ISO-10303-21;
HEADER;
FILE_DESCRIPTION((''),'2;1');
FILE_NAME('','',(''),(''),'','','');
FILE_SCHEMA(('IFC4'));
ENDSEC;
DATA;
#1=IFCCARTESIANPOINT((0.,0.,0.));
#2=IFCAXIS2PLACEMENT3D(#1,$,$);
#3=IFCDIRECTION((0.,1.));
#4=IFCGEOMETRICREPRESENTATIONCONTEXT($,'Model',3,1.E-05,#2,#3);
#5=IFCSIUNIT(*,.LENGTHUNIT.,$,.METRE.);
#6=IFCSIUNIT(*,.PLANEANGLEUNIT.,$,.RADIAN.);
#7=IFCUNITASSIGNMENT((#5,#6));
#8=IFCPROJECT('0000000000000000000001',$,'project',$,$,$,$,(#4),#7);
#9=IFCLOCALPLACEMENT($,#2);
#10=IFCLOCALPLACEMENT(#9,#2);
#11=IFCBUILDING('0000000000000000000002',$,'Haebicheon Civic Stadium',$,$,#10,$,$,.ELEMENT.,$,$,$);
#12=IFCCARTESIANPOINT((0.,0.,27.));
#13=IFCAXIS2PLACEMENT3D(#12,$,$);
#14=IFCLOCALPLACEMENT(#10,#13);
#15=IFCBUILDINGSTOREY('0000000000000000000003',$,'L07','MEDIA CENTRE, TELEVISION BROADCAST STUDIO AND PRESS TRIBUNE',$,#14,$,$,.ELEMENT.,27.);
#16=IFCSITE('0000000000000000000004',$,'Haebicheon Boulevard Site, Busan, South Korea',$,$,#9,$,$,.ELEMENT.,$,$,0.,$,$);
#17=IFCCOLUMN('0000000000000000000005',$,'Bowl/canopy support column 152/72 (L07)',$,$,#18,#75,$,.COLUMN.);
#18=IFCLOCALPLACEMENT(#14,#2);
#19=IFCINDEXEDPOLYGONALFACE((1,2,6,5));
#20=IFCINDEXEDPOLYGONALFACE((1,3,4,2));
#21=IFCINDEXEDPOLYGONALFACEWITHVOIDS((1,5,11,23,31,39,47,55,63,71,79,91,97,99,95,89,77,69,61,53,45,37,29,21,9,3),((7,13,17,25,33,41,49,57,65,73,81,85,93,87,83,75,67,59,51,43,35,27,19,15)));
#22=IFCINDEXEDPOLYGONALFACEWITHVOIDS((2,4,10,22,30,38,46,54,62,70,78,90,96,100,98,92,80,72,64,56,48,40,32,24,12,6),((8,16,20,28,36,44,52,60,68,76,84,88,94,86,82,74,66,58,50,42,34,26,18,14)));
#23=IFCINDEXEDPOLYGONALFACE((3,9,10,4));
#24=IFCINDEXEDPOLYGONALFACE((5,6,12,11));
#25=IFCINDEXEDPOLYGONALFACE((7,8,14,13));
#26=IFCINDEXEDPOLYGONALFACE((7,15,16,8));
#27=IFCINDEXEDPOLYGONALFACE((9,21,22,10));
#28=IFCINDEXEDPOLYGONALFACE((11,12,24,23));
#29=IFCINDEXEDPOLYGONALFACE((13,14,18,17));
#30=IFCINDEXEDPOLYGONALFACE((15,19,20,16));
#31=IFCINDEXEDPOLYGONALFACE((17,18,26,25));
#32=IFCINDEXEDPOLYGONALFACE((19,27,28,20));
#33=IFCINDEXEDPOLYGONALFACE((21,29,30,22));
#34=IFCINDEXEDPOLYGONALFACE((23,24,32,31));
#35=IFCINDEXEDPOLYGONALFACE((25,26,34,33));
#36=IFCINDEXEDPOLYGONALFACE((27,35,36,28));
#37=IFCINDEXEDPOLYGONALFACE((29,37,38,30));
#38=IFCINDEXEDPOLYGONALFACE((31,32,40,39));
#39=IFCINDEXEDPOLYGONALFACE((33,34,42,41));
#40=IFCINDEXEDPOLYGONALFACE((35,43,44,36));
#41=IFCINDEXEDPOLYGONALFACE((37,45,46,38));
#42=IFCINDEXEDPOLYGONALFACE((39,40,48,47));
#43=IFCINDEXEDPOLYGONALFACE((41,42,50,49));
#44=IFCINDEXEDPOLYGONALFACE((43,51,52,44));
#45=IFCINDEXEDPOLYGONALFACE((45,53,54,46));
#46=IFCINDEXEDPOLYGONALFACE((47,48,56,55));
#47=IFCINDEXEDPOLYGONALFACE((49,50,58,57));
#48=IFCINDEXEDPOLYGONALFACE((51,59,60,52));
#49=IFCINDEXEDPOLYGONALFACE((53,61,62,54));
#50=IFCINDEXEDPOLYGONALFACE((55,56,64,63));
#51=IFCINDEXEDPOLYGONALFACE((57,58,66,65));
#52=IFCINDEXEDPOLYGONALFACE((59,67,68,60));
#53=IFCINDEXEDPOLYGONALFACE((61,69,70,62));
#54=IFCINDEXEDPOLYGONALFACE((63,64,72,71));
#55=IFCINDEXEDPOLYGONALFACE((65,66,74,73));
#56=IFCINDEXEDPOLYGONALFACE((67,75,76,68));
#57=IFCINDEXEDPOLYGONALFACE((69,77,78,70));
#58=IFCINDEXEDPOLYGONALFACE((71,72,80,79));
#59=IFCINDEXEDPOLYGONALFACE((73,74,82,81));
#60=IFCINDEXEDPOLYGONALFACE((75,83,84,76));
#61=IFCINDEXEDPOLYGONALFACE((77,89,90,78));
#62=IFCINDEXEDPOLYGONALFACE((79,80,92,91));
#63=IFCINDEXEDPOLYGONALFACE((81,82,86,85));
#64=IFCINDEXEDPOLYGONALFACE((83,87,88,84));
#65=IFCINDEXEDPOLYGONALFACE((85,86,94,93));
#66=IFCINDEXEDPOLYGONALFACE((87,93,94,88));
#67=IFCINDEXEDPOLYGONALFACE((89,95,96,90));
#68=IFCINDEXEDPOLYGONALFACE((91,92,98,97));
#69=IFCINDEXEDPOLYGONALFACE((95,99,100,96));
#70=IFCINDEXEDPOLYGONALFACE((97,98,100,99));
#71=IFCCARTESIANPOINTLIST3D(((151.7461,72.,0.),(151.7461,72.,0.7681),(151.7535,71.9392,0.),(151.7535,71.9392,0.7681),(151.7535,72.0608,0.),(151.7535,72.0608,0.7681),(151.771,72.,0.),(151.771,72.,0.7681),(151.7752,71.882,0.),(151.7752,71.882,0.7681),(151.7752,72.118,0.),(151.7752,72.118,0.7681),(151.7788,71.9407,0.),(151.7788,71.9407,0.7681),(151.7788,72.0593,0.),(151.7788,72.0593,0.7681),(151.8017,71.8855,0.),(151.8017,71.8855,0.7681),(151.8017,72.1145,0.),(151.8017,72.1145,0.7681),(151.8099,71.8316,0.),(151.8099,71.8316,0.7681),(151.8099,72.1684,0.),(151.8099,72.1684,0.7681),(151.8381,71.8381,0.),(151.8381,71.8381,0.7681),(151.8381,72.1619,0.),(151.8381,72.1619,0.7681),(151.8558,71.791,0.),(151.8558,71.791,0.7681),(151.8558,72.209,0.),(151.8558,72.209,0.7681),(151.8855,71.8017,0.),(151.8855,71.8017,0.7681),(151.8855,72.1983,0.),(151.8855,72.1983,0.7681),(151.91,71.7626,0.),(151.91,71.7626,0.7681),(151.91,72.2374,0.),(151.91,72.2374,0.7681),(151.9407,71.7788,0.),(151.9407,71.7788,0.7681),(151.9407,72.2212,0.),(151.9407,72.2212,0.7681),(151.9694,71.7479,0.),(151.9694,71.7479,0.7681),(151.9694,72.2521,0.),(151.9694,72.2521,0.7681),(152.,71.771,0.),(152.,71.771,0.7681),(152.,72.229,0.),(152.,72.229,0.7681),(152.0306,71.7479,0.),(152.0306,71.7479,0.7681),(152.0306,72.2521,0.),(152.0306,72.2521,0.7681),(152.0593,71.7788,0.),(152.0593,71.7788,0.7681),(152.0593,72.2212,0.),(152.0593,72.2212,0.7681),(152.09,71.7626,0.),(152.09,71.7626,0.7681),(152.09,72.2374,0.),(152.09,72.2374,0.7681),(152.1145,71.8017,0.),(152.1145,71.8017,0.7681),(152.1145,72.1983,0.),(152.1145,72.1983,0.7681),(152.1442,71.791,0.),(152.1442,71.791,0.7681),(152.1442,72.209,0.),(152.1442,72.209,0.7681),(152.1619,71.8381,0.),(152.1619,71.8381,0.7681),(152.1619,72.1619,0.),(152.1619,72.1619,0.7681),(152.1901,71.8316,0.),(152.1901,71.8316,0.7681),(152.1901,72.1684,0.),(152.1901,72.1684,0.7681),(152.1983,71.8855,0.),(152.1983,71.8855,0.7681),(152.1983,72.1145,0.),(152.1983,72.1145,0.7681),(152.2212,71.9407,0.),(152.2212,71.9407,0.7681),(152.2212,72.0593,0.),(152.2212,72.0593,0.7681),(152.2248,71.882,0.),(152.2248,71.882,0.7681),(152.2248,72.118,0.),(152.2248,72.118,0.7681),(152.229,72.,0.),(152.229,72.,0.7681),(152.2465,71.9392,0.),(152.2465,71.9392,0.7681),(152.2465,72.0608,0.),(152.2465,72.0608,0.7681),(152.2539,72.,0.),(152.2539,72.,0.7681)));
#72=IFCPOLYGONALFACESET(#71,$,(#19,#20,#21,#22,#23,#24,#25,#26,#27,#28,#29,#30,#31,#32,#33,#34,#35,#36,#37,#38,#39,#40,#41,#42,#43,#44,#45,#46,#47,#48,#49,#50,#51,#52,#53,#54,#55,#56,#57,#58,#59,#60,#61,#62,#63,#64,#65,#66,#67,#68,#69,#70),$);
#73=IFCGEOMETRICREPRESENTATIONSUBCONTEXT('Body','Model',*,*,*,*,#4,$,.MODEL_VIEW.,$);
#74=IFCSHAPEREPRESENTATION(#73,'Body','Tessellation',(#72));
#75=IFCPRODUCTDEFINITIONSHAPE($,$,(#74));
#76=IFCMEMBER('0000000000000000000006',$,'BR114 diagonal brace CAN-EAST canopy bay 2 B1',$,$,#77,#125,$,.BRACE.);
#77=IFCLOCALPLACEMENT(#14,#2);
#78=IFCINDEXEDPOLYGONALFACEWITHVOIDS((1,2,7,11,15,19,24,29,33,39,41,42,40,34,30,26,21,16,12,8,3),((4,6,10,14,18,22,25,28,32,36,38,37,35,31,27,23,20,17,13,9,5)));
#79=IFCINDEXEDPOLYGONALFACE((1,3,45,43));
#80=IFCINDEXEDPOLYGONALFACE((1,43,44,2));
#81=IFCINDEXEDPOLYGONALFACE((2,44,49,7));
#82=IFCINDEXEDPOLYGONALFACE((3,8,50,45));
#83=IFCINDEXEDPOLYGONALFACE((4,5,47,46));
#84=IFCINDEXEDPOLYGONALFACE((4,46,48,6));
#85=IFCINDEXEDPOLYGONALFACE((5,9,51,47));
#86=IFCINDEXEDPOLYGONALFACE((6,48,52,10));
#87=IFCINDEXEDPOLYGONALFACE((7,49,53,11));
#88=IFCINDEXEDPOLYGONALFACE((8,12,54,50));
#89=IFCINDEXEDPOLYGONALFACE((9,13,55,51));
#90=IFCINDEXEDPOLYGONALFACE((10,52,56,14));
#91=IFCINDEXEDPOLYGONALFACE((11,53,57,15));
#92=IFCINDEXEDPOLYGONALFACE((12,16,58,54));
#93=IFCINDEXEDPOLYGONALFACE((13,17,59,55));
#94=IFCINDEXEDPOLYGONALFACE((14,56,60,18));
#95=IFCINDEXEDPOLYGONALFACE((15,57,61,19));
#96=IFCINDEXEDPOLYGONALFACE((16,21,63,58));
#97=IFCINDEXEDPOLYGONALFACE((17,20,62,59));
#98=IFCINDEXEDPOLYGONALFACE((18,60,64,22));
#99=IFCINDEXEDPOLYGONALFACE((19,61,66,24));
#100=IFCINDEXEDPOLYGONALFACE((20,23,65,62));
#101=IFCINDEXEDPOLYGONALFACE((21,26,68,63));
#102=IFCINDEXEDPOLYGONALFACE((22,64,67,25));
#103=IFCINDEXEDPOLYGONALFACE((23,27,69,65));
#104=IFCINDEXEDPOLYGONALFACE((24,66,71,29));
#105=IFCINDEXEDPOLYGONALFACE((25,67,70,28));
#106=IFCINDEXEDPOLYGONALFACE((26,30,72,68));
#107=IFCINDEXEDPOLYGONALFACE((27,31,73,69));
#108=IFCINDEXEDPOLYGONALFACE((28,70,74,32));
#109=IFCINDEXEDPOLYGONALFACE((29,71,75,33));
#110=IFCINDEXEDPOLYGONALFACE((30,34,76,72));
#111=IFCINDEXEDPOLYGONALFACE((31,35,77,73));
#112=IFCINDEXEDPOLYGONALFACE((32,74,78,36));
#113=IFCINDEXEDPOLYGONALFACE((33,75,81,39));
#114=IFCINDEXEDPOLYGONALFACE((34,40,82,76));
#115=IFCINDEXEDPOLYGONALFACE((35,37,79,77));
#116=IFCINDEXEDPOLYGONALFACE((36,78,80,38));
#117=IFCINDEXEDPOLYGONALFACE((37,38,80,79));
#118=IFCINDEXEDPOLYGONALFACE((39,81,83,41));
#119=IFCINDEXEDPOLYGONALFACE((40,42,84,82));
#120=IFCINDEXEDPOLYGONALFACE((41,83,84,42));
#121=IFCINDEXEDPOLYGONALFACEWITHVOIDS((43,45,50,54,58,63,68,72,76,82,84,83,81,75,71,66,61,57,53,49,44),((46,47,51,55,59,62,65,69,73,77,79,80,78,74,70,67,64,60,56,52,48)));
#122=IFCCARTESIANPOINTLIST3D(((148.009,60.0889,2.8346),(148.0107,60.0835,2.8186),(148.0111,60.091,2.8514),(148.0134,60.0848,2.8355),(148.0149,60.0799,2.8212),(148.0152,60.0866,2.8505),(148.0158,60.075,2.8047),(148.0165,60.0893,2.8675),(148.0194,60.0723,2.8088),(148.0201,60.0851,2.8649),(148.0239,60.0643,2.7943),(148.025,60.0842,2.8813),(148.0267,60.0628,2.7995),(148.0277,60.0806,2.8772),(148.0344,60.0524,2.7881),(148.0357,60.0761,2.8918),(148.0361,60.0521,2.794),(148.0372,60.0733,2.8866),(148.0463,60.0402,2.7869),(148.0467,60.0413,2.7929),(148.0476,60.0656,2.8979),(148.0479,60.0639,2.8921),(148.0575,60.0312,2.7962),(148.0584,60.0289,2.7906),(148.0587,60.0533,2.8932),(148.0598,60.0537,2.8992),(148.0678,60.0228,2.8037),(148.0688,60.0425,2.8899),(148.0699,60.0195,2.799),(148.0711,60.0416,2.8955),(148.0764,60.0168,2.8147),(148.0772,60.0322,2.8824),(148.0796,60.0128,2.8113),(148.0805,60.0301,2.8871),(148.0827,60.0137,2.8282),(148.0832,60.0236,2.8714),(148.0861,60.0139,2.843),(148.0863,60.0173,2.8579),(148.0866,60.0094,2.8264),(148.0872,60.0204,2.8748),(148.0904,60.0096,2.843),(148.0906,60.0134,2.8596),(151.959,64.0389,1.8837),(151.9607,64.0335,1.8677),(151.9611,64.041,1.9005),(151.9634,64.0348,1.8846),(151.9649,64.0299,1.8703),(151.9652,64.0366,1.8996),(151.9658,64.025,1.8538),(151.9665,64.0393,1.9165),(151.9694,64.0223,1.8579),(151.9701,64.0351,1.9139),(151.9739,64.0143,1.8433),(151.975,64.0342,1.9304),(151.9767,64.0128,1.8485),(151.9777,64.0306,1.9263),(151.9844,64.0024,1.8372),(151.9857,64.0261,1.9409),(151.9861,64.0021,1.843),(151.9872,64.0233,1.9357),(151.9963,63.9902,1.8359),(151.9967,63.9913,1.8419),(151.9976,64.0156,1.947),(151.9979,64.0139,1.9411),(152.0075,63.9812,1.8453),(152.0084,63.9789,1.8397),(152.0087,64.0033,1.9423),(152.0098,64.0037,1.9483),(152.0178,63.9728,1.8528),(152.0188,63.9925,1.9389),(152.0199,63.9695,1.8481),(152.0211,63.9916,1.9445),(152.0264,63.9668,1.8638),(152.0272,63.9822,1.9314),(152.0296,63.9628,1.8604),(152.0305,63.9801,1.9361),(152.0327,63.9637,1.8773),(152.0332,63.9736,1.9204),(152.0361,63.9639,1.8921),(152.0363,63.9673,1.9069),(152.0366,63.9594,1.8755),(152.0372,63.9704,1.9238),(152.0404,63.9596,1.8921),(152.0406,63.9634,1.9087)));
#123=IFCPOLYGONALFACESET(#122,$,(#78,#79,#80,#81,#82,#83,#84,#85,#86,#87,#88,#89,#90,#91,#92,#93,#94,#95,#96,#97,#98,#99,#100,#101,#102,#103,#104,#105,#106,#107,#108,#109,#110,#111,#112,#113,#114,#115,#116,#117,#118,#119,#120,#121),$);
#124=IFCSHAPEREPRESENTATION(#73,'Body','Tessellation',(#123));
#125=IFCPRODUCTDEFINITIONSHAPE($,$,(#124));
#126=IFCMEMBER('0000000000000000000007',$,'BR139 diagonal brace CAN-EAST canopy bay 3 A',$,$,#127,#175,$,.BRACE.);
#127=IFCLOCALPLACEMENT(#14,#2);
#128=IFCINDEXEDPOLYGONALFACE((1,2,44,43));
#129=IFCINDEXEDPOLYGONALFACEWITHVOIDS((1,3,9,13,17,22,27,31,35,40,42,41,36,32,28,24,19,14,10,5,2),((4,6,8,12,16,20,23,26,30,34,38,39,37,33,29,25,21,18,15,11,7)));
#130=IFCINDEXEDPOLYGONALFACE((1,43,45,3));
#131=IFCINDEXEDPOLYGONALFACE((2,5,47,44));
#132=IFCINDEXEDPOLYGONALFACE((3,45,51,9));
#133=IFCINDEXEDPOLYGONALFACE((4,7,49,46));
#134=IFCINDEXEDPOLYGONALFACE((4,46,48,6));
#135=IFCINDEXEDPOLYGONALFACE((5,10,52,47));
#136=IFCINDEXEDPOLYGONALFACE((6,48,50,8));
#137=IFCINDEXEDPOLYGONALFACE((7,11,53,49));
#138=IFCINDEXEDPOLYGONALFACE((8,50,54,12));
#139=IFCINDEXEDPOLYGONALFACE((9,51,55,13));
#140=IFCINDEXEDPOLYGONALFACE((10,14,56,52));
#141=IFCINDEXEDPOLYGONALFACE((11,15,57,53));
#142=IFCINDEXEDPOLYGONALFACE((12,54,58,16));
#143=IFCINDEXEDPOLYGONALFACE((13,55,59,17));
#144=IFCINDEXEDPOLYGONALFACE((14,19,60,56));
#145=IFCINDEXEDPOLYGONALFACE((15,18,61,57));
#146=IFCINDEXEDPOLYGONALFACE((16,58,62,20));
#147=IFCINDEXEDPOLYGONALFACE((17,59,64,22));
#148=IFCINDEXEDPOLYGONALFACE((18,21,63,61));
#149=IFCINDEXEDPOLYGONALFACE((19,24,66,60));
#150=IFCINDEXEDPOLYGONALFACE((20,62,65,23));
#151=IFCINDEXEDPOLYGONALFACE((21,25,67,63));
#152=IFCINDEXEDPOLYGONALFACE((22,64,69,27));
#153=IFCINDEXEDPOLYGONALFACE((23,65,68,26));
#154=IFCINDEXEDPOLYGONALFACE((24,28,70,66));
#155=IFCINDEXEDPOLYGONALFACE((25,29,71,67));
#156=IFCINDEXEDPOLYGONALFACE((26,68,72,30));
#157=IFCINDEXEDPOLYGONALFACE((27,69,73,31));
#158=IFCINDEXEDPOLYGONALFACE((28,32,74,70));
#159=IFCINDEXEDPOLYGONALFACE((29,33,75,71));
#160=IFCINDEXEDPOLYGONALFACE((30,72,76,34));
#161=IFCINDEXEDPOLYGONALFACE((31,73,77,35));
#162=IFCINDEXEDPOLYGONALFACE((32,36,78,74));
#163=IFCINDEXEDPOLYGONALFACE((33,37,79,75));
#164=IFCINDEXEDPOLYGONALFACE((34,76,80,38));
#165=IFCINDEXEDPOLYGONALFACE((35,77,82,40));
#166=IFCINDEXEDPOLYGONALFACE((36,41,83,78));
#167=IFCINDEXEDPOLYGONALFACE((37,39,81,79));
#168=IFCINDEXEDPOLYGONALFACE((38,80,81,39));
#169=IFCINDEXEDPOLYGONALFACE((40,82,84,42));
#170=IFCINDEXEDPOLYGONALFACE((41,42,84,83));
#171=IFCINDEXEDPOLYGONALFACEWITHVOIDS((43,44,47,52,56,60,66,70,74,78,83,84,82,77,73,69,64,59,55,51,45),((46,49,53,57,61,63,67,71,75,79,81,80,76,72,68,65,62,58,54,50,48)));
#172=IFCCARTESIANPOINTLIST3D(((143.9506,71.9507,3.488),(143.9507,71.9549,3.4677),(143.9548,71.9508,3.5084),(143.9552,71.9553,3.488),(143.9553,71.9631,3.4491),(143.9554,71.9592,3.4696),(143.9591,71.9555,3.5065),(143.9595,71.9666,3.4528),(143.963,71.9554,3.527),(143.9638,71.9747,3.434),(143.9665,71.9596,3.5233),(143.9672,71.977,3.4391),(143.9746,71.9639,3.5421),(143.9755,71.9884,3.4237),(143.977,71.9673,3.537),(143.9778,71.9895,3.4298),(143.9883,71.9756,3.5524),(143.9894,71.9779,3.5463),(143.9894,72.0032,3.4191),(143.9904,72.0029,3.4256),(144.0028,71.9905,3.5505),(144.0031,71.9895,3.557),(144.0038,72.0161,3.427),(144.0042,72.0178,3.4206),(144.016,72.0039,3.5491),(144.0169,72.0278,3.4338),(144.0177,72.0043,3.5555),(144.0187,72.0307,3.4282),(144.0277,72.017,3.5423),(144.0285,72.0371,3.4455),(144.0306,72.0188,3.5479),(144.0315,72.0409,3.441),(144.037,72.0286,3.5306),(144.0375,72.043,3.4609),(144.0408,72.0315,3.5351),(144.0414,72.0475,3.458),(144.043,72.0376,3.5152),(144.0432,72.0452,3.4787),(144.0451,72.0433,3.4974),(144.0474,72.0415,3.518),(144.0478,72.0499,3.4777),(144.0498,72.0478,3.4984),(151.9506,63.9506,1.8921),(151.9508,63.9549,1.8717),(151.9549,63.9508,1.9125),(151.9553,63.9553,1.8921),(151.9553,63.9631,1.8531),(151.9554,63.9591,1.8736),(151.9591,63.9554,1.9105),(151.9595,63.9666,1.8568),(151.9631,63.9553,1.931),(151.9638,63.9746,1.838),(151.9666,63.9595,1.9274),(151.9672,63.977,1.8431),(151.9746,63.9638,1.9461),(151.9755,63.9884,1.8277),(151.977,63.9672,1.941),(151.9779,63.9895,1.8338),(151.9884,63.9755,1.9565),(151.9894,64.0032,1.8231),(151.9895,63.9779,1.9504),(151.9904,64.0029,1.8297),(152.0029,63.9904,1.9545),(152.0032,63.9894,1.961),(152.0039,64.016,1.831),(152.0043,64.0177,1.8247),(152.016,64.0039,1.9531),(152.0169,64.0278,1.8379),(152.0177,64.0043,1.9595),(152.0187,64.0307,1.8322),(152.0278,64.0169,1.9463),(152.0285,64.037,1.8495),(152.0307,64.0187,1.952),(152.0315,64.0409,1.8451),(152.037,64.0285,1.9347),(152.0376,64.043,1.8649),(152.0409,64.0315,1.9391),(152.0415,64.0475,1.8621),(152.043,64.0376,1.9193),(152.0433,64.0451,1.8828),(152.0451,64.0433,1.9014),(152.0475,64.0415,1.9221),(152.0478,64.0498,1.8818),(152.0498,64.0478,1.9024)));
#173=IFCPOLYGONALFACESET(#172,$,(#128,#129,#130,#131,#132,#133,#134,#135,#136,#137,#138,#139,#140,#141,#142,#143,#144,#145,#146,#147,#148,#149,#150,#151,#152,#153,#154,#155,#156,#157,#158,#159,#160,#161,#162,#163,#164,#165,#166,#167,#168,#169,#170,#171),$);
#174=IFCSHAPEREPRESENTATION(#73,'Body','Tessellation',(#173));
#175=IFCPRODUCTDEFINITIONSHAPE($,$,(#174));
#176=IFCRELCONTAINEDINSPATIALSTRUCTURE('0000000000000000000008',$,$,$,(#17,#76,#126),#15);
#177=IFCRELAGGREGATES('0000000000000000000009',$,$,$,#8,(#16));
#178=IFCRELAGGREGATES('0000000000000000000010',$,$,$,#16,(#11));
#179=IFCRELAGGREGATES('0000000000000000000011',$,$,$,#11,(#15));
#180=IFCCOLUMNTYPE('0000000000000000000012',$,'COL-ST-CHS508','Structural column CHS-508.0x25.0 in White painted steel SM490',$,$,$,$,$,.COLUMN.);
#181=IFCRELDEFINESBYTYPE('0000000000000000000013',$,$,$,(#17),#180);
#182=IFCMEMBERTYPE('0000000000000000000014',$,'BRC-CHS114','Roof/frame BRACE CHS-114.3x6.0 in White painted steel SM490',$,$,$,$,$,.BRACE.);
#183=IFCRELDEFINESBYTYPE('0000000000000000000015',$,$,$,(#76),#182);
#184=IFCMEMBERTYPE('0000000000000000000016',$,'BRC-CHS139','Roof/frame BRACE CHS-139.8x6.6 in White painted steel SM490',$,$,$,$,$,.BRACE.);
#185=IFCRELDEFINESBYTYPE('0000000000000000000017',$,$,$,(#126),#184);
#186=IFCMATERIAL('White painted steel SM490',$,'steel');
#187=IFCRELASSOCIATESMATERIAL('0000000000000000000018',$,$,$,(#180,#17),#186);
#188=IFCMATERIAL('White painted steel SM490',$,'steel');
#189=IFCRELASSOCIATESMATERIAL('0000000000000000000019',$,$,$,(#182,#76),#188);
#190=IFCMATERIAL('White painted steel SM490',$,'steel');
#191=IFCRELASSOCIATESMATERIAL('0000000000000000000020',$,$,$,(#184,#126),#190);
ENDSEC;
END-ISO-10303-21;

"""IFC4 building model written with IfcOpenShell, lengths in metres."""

from ifc_helpers import new_model, si_unit, direction, frame, origin, origin_2d, place, context, subcontext, project, spatial, hollow_circle, extrude, material, material_profile, profile_set, type_object, element, save


model = new_model("IFC4")

# Units and contexts
model_context = context("Model", 3, precision=1e-05, world=origin(), true_north=direction((0.0, 1.0)))
body_context = subcontext(model_context, "Body", "Model", "MODEL_VIEW")
ifc_project = project(units=[si_unit("LENGTHUNIT", "METRE"), si_unit("PLANEANGLEUNIT", "RADIAN")], contexts=[model_context])

# Site, building, storey
site_placement = place(None, origin())
site = spatial("IfcSite", under=ifc_project, at=site_placement, Name="Haebicheon Boulevard Site, Busan, South Korea", CompositionType="ELEMENT", RefElevation=0.0)
building_placement = place(site_placement, origin())
building = spatial("IfcBuilding", under=site, at=building_placement, Name="Haebicheon Civic Stadium", CompositionType="ELEMENT")
storey_placement = place(building_placement, frame((0.0, 0.0, 27.0)))
storey = spatial("IfcBuildingStorey", under=building, at=storey_placement, Name="L07", Description="MEDIA CENTRE, TELEVISION BROADCAST STUDIO AND PRESS TRIBUNE", CompositionType="ELEMENT", Elevation=27.0)

# Column
ifc_material_1 = material(Name="White painted steel SM490", Category="steel")
ifc_material_profile_1 = material_profile(ifc_material_1, hollow_circle(Radius=0.2539, WallThickness=0.0249, at=origin_2d()), Name="CHS-508.0x25.0")
ifc_profile_set_1 = profile_set([ifc_material_profile_1], Name="White painted steel SM490")
column_type = type_object("IfcColumnType", Name="COL-ST-CHS508", Description="Structural column CHS-508.0x25.0 in White painted steel SM490", PredefinedType="COLUMN", material=ifc_profile_set_1)
column_placement = place(storey_placement, frame((152.0, 72.0, 0.0), z_axis=(0.0, 0.0, 1.0), x_axis=(1.0, 0.0, 0.0)))
element("IfcColumn", 1, at=column_placement, inside=storey, type_object=column_type, material=ifc_profile_set_1, Name="Bowl/canopy support column 152/72 (L07)", PredefinedType="COLUMN", context=body_context, shape_type="SweptSolid", body=[
    extrude(hollow_circle(Radius=0.2539, WallThickness=0.0249, at=origin_2d()), origin(), (0.0, 0.0, 1.0), 0.7681),
])

# Members
ifc_material_2 = material(Name="White painted steel SM490", Category="steel")
ifc_material_profile_2 = material_profile(ifc_material_2, hollow_circle(Radius=0.0571, WallThickness=0.0061, at=origin_2d()), Name="CHS-114.3x6.0")
ifc_profile_set_2 = profile_set([ifc_material_profile_2], Name="White painted steel SM490")
member_type_1 = type_object("IfcMemberType", Name="BRC-CHS114", Description="Roof/frame BRACE CHS-114.3x6.0 in White painted steel SM490", PredefinedType="BRACE", material=ifc_profile_set_2)
member_1_placement = place(storey_placement, frame((152.0, 64.0, 1.8921), z_axis=(-0.697079, -0.697079, 0.167818), x_axis=(0.707107, -0.707107, 0.0)))
element("IfcMember", 2, at=member_1_placement, inside=storey, type_object=member_type_1, material=ifc_profile_set_2, Name="BR114 diagonal brace CAN-EAST canopy bay 2 B1", PredefinedType="BRACE", context=body_context, shape_type="SweptSolid", body=[
    extrude(hollow_circle(Radius=0.0571, WallThickness=0.0061, at=origin_2d()), origin(), (0.0, 0.0, 1.0), 5.6665),
])
ifc_material_3 = material(Name="White painted steel SM490", Category="steel")
ifc_material_profile_3 = material_profile(ifc_material_3, hollow_circle(Radius=0.0698, WallThickness=0.0066, at=origin_2d()), Name="CHS-139.8x6.6")
ifc_profile_set_3 = profile_set([ifc_material_profile_3], Name="White painted steel SM490")
member_type_2 = type_object("IfcMemberType", Name="BRC-CHS139", Description="Roof/frame BRACE CHS-139.8x6.6 in White painted steel SM490", PredefinedType="BRACE", material=ifc_profile_set_3)
member_2_placement = place(storey_placement, frame((152.0, 64.0, 1.8921), z_axis=(-0.700175, 0.700175, 0.13968), x_axis=(-0.707107, -0.707107, 0.0)))
element("IfcMember", 3, at=member_2_placement, inside=storey, type_object=member_type_2, material=ifc_profile_set_3, Name="BR139 diagonal brace CAN-EAST canopy bay 3 A", PredefinedType="BRACE", context=body_context, shape_type="SweptSolid", body=[
    extrude(hollow_circle(Radius=0.0698, WallThickness=0.0066, at=origin_2d()), origin(), (0.0, 0.0, 1.0), 11.4258),
])

save(model, "model.ifc")
